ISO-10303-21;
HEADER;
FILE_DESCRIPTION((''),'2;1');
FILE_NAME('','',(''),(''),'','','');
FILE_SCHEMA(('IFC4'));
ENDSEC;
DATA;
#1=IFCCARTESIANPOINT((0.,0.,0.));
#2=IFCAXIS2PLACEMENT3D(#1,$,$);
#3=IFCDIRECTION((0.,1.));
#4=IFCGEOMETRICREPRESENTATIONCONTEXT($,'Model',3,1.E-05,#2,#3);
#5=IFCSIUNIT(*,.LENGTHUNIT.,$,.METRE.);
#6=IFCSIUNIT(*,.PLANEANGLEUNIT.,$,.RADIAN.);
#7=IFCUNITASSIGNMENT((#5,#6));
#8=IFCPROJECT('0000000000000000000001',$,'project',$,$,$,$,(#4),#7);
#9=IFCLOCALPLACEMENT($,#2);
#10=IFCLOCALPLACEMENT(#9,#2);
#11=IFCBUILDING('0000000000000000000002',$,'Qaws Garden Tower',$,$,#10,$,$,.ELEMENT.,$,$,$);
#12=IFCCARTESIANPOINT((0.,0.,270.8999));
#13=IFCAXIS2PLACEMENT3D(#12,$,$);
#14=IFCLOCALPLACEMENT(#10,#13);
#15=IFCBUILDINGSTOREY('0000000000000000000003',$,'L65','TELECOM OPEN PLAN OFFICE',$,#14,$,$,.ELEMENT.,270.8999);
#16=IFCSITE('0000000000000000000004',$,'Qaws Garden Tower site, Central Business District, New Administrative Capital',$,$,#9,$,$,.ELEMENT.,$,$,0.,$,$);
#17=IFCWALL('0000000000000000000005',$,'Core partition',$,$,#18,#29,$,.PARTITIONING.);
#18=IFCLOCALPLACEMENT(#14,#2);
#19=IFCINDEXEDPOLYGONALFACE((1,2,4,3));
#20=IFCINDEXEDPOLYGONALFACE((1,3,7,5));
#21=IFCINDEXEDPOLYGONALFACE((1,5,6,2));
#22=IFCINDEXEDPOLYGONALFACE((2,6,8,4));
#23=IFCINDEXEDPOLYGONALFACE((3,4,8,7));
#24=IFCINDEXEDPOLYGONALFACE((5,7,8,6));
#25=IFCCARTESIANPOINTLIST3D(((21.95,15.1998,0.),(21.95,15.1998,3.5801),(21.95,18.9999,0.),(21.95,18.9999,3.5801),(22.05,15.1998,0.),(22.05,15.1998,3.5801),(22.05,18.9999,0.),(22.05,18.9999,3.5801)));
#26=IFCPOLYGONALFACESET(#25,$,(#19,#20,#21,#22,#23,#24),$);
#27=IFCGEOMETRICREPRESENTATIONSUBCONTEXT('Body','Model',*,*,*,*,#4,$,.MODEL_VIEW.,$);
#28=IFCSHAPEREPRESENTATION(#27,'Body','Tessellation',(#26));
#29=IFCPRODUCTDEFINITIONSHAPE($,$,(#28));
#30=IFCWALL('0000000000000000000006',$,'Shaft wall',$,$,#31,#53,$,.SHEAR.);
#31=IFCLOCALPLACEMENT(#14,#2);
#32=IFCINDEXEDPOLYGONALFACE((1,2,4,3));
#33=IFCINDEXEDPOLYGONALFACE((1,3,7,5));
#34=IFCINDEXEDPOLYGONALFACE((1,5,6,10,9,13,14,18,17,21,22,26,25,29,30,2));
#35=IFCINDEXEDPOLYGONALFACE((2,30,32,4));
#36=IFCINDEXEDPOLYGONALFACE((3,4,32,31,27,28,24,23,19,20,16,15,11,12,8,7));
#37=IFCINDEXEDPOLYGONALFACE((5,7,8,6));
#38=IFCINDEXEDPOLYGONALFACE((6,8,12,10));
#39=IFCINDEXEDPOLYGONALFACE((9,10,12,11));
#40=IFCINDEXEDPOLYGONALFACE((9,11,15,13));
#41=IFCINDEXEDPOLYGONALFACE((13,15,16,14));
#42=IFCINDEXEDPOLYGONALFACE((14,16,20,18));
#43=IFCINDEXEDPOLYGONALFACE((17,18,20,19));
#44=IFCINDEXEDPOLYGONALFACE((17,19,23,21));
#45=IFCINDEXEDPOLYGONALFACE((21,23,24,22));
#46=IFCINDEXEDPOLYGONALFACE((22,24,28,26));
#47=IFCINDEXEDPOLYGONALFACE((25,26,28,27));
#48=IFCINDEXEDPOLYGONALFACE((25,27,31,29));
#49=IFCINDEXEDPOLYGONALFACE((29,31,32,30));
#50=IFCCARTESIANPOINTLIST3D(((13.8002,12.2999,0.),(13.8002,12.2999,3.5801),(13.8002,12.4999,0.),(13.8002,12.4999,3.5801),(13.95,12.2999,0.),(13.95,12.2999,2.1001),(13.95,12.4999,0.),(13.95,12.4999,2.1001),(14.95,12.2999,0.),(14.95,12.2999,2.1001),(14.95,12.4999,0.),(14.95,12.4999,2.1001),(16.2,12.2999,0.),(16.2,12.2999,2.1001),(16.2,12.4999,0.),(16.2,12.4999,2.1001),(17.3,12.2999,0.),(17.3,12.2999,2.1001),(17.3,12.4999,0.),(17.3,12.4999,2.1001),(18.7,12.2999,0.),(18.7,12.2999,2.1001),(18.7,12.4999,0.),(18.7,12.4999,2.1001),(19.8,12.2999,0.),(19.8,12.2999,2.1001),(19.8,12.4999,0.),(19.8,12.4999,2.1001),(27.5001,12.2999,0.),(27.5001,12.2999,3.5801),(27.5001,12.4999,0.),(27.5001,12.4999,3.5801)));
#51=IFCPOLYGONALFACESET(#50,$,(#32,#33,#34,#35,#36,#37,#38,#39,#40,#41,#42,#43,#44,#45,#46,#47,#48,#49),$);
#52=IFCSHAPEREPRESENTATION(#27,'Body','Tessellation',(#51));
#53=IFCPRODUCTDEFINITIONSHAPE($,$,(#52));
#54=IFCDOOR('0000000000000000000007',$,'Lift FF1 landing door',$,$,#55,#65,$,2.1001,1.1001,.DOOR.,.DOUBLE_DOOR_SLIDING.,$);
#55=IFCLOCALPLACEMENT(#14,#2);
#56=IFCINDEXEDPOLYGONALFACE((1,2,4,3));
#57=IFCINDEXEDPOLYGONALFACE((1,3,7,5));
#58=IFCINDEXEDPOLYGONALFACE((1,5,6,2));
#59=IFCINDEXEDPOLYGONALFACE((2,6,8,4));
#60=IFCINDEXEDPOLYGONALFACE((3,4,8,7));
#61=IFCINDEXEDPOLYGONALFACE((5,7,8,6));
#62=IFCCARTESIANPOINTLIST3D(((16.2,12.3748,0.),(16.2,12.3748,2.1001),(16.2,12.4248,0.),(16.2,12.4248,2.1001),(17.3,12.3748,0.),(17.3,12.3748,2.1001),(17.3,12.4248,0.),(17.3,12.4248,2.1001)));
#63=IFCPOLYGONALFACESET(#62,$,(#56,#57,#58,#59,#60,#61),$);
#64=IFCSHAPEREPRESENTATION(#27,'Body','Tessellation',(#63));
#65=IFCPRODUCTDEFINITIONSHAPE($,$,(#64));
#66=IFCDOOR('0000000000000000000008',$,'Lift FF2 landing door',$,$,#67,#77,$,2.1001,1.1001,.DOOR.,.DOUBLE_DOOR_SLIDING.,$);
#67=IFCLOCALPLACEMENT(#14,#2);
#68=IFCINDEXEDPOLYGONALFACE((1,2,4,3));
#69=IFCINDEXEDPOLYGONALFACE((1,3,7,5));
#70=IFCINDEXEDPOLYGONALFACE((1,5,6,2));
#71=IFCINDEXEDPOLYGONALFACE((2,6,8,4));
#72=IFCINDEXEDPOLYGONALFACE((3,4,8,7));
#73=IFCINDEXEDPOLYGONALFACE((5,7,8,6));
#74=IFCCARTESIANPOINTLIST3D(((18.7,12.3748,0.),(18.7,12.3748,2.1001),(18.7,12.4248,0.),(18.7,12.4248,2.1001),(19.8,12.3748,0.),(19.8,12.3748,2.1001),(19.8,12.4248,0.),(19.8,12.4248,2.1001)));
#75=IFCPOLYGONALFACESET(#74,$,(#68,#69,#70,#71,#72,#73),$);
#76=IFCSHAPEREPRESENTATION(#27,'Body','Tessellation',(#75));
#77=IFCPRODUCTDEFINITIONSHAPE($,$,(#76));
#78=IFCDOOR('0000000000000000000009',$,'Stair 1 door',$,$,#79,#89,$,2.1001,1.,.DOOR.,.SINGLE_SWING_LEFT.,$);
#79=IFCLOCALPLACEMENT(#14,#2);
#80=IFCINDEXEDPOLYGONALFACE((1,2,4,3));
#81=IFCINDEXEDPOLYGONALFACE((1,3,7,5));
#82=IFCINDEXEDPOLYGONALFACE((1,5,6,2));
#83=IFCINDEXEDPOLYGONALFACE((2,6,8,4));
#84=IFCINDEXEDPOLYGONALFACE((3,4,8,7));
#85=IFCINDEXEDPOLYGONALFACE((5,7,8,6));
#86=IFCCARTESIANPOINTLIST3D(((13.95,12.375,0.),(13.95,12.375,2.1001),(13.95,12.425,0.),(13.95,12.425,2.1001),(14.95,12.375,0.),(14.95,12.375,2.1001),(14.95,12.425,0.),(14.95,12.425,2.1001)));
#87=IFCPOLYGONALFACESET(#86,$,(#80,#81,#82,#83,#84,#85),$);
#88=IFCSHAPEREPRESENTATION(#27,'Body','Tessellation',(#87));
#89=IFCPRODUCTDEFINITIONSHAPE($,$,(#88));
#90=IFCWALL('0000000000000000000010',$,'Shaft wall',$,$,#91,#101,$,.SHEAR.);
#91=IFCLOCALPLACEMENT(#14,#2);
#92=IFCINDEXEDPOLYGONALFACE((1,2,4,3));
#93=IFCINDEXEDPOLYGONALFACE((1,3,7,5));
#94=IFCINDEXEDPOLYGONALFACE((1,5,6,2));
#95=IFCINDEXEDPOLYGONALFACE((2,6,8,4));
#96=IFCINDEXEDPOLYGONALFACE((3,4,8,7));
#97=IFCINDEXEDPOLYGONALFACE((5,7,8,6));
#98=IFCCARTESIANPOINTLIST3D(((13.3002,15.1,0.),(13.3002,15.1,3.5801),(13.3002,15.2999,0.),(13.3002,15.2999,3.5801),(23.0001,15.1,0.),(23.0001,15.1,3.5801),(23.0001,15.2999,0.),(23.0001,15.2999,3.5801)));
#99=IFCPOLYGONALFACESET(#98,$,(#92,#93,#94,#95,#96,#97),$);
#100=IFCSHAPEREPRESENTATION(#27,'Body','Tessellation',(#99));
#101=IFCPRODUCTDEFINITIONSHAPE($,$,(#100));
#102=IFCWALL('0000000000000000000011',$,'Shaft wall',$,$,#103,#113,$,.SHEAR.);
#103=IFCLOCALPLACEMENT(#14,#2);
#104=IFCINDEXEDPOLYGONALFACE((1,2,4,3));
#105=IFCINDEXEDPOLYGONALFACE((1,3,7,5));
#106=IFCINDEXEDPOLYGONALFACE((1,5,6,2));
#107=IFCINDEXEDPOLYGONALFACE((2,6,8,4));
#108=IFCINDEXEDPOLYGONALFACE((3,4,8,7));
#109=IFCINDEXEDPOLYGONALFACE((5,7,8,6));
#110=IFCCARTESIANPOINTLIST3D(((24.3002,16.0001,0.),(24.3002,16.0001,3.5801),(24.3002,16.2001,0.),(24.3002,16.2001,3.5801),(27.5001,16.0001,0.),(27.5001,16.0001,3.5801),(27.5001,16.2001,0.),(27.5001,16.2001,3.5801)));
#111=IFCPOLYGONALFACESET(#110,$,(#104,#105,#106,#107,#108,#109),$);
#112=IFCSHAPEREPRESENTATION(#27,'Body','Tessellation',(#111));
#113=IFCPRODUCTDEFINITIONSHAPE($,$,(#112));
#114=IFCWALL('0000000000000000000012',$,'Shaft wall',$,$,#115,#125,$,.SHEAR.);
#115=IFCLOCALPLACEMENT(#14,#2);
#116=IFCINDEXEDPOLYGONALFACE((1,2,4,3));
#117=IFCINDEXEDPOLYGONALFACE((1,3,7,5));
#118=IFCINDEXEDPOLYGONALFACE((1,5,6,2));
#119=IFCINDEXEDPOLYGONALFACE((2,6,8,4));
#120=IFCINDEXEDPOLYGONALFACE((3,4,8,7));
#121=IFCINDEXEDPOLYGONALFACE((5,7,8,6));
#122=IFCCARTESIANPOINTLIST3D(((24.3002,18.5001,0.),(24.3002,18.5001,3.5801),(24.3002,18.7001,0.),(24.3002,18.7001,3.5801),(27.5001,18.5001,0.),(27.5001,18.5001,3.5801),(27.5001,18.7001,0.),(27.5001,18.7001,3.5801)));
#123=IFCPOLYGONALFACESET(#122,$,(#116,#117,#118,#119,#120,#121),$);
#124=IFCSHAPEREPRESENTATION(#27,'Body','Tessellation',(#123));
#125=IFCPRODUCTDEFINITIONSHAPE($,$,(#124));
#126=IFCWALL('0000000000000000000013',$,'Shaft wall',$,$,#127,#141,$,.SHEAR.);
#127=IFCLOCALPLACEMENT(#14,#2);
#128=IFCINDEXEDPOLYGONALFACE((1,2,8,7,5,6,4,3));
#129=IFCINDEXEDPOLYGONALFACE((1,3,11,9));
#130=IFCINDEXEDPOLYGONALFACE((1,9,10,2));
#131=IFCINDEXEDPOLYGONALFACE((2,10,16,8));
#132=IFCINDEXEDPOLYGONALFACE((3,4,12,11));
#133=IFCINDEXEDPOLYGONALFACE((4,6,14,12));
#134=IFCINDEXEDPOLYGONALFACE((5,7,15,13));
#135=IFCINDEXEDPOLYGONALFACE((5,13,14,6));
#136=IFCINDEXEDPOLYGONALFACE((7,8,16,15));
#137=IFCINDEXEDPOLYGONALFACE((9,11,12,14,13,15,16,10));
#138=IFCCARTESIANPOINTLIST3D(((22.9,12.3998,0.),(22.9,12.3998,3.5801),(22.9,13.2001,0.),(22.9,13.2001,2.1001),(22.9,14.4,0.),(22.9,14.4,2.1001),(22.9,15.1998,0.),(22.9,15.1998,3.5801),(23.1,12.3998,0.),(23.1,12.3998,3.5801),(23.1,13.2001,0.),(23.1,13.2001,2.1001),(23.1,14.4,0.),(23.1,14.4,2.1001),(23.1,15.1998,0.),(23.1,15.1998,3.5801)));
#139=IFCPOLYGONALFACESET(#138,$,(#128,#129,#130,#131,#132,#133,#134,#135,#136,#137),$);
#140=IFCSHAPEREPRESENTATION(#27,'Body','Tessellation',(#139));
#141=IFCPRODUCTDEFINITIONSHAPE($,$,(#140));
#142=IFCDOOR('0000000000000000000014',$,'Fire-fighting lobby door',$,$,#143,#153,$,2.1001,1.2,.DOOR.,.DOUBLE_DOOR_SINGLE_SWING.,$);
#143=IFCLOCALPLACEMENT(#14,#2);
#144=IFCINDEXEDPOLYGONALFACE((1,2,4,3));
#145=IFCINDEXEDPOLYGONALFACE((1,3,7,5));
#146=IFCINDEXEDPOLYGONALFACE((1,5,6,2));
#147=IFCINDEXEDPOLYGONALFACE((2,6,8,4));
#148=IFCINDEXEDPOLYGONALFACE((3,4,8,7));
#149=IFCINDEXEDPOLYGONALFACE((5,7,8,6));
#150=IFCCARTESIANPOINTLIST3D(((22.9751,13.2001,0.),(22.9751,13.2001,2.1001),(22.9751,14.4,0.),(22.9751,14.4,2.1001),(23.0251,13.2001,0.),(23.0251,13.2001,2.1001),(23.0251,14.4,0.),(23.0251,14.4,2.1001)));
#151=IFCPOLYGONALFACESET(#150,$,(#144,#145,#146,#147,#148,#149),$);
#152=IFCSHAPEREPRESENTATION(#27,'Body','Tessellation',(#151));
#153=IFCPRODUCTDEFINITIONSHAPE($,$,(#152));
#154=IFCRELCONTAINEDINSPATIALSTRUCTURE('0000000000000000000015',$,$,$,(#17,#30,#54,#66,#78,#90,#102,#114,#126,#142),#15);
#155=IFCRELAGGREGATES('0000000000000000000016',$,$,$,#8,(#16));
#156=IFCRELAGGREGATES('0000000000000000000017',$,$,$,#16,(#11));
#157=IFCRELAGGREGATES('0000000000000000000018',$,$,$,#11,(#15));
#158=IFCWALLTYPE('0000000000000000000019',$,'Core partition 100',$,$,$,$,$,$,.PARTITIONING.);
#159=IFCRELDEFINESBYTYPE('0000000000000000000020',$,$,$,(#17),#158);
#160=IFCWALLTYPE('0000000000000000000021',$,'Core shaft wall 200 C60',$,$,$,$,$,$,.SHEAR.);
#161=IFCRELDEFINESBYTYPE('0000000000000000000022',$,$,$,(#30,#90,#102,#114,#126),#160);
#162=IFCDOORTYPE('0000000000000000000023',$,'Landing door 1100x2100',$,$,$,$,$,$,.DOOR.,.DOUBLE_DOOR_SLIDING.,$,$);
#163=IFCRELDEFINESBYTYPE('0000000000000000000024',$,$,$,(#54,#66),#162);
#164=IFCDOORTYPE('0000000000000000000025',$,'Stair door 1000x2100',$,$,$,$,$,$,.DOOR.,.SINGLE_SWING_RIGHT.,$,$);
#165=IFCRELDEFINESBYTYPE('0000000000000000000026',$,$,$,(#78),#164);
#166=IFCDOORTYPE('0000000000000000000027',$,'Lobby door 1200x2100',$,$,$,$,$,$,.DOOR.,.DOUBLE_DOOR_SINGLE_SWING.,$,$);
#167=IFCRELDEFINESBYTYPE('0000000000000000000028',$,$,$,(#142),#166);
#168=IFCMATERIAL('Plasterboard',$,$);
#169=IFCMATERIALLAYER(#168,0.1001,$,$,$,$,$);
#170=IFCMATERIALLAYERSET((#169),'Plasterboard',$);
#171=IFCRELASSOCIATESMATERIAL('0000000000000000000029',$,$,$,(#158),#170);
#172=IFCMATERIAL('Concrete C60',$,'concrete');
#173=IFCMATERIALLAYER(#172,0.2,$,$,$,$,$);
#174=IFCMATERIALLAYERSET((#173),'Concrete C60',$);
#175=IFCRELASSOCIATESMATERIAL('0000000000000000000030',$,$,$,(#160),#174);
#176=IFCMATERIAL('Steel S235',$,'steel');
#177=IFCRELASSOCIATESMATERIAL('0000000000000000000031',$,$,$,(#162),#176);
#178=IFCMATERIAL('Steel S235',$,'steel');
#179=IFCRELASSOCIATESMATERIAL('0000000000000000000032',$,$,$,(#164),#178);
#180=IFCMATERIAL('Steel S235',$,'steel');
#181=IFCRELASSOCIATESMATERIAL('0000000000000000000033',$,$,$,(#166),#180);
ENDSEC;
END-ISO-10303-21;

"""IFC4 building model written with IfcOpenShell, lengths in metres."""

from ifc_helpers import new_model, si_unit, direction, frame, frame_2d, origin, place, context, subcontext, project, spatial, rectangle, extrude, material, layer, layer_set, type_object, element, fill, save


model = new_model("IFC4")

# Units and contexts
model_context = context("Model", 3, precision=1e-05, world=origin(), true_north=direction((0.0, 1.0)))
body_context = subcontext(model_context, "Body", "Model", "MODEL_VIEW")
ifc_project = project(units=[si_unit("LENGTHUNIT", "METRE"), si_unit("PLANEANGLEUNIT", "RADIAN")], contexts=[model_context])

# Site, building, storey
site_placement = place(None, origin())
site = spatial("IfcSite", under=ifc_project, at=site_placement, Name="Qaws Garden Tower site, Central Business District, New Administrative Capital", CompositionType="ELEMENT", RefElevation=0.0)
building_placement = place(site_placement, origin())
building = spatial("IfcBuilding", under=site, at=building_placement, Name="Qaws Garden Tower", CompositionType="ELEMENT")
storey_placement = place(building_placement, frame((0.0, 0.0, 270.8999)))
storey = spatial("IfcBuildingStorey", under=building, at=storey_placement, Name="L65", Description="TELECOM OPEN PLAN OFFICE", CompositionType="ELEMENT", Elevation=270.8999)

# Shared definitions
ifc_material_1 = material(Name="Plasterboard")
ifc_layer_1 = layer(ifc_material_1, 0.1001)
ifc_layer_set_1 = layer_set([ifc_layer_1], Name="Plasterboard")
wall_type_1 = type_object("IfcWallType", Name="Core partition 100", PredefinedType="PARTITIONING", material=ifc_layer_set_1)

# Wall
wall_1_placement = place(storey_placement, frame((22.0, 15.2, 0.0), z_axis=(0.0, 0.0, 1.0), x_axis=(0.0, 1.0, 0.0)))
element("IfcWall", 1, at=wall_1_placement, inside=storey, type_object=wall_type_1, Name="Core partition", PredefinedType="PARTITIONING", context=body_context, shape_type="SweptSolid", body=[
    extrude(rectangle(XDim=3.8, YDim=0.1001, at=frame_2d((1.8999, 0.0))), origin(), (0.0, 0.0, 1.0), 3.5801),
])

# Wall, openings, doors
ifc_material_2 = material(Name="Concrete C60", Category="concrete")
ifc_layer_2 = layer(ifc_material_2, 0.2)
ifc_layer_set_2 = layer_set([ifc_layer_2], Name="Concrete C60")
wall_type_2 = type_object("IfcWallType", Name="Core shaft wall 200 C60", PredefinedType="SHEAR", material=ifc_layer_set_2)
wall_2_placement = place(storey_placement, frame((13.8, 12.3999, 0.0), z_axis=(0.0, 0.0, 1.0), x_axis=(1.0, 0.0, 0.0)))
wall_2 = element("IfcWall", 2, at=wall_2_placement, inside=storey, type_object=wall_type_2, Name="Shaft wall", PredefinedType="SHEAR", context=body_context, shape_type="SweptSolid", body=[
    extrude(rectangle(XDim=13.7, YDim=0.2, at=frame_2d((6.8501, 0.0))), origin(), (0.0, 0.0, 1.0), 3.5801),
])
opening_1_placement = place(wall_2_placement, frame((2.3999, 0.0, 0.0)))
opening_1 = element("IfcOpeningElement", 3, at=opening_1_placement, cuts=wall_2, PredefinedType="OPENING", context=body_context, shape_type="SweptSolid", body=[
    extrude(rectangle(XDim=1.1001, YDim=2.1001, at=frame_2d((0.55, 1.05))), frame((0.0, 0.1099, 0.0), z_axis=(0.0, -1.0, 0.0), x_axis=(1.0, 0.0, 0.0)), (0.0, 0.0, 1.0), 0.22),
])
opening_2_placement = place(wall_2_placement, frame((4.8999, 0.0, 0.0)))
opening_2 = element("IfcOpeningElement", 4, at=opening_2_placement, cuts=wall_2, PredefinedType="OPENING", context=body_context, shape_type="SweptSolid", body=[
    extrude(rectangle(XDim=1.1001, YDim=2.1001, at=frame_2d((0.55, 1.05))), frame((0.0, 0.1099, 0.0), z_axis=(0.0, -1.0, 0.0), x_axis=(1.0, 0.0, 0.0)), (0.0, 0.0, 1.0), 0.22),
])
opening_3_placement = place(wall_2_placement, frame((0.1499, 0.0, 0.0)))
opening_3 = element("IfcOpeningElement", 5, at=opening_3_placement, cuts=wall_2, PredefinedType="OPENING", context=body_context, shape_type="SweptSolid", body=[
    extrude(rectangle(XDim=1.0, YDim=2.1001, at=frame_2d((0.5, 1.05))), frame((0.0, 0.1099, 0.0), z_axis=(0.0, -1.0, 0.0), x_axis=(1.0, 0.0, 0.0)), (0.0, 0.0, 1.0), 0.22),
])
ifc_material_3 = material(Name="Steel S235", Category="steel")
door_type_1 = type_object("IfcDoorType", Name="Landing door 1100x2100", OperationType="DOUBLE_DOOR_SLIDING", PredefinedType="DOOR", material=ifc_material_3)
door_1_placement = place(opening_1_placement, origin())
door_1 = element("IfcDoor", 6, at=door_1_placement, inside=storey, type_object=door_type_1, Name="Lift FF1 landing door", OperationType="DOUBLE_DOOR_SLIDING", OverallHeight=2.1001, OverallWidth=1.1001, PredefinedType="DOOR", context=body_context, shape_type="SweptSolid", body=[
    extrude(rectangle(XDim=1.1001, YDim=2.1001, at=frame_2d((0.55, 1.05))), frame((0.0, 0.0249, 0.0), z_axis=(0.0, -1.0, 0.0), x_axis=(1.0, 0.0, 0.0)), (0.0, 0.0, 1.0), 0.05),
])
fill(opening_1, door_1)
door_2_placement = place(opening_2_placement, origin())
door_2 = element("IfcDoor", 7, at=door_2_placement, inside=storey, type_object=door_type_1, Name="Lift FF2 landing door", OperationType="DOUBLE_DOOR_SLIDING", OverallHeight=2.1001, OverallWidth=1.1001, PredefinedType="DOOR", context=body_context, shape_type="SweptSolid", body=[
    extrude(rectangle(XDim=1.1001, YDim=2.1001, at=frame_2d((0.55, 1.05))), frame((0.0, 0.0249, 0.0), z_axis=(0.0, -1.0, 0.0), x_axis=(1.0, 0.0, 0.0)), (0.0, 0.0, 1.0), 0.05),
])
fill(opening_2, door_2)
ifc_material_4 = material(Name="Steel S235", Category="steel")
door_type_2 = type_object("IfcDoorType", Name="Stair door 1000x2100", OperationType="SINGLE_SWING_RIGHT", PredefinedType="DOOR", material=ifc_material_4)
door_3_placement = place(opening_3_placement, frame((1.0, 0.0, 0.0), z_axis=(0.0, 0.0, 1.0), x_axis=(-1.0, 0.0, 0.0)))
door_3 = element("IfcDoor", 8, at=door_3_placement, inside=storey, type_object=door_type_2, Name="Stair 1 door", OperationType="SINGLE_SWING_LEFT", OverallHeight=2.1001, OverallWidth=1.0, PredefinedType="DOOR", context=body_context, shape_type="SweptSolid", body=[
    extrude(rectangle(XDim=1.0, YDim=2.1001, at=frame_2d((0.5, 1.05))), frame((0.0, 0.0249, 0.0), z_axis=(0.0, -1.0, 0.0), x_axis=(1.0, 0.0, 0.0)), (0.0, 0.0, 1.0), 0.05),
])
fill(opening_3, door_3)

# Walls
wall_3_placement = place(storey_placement, frame((13.3, 15.2, 0.0), z_axis=(0.0, 0.0, 1.0), x_axis=(1.0, 0.0, 0.0)))
element("IfcWall", 9, at=wall_3_placement, inside=storey, type_object=wall_type_2, Name="Shaft wall", PredefinedType="SHEAR", context=body_context, shape_type="SweptSolid", body=[
    extrude(rectangle(XDim=9.7, YDim=0.2, at=frame_2d((4.8501, 0.0))), origin(), (0.0, 0.0, 1.0), 3.5801),
])
for number, where, z_axis, x_axis, name in (
    (10, (24.3, 16.1001, 0.0), (0.0, 0.0, 1.0), (1.0, 0.0, 0.0), "Shaft wall"),
    (11, (24.3, 18.6001, 0.0), (0.0, 0.0, 1.0), (1.0, 0.0, 0.0), "Shaft wall"),
):
    element("IfcWall", number, at=place(storey_placement, frame(where, z_axis=z_axis, x_axis=x_axis)), inside=storey, type_object=wall_type_2, Name=name, PredefinedType="SHEAR", context=body_context, shape_type="SweptSolid", body=[
        extrude(rectangle(XDim=3.2, YDim=0.2, at=frame_2d((1.6001, 0.0))), origin(), (0.0, 0.0, 1.0), 3.5801),
    ])

# Wall, opening, door
wall_4_placement = place(storey_placement, frame((23.0, 12.3999, 0.0), z_axis=(0.0, 0.0, 1.0), x_axis=(0.0, 1.0, 0.0)))
wall_4 = element("IfcWall", 12, at=wall_4_placement, inside=storey, type_object=wall_type_2, Name="Shaft wall", PredefinedType="SHEAR", context=body_context, shape_type="SweptSolid", body=[
    extrude(rectangle(XDim=2.8, YDim=0.2, at=frame_2d((1.3999, 0.0))), origin(), (0.0, 0.0, 1.0), 3.5801),
])
opening_4_placement = place(wall_4_placement, frame((0.8, 0.0, 0.0)))
opening_4 = element("IfcOpeningElement", 13, at=opening_4_placement, cuts=wall_4, PredefinedType="OPENING", context=body_context, shape_type="SweptSolid", body=[
    extrude(rectangle(XDim=1.2, YDim=2.1001, at=frame_2d((0.6001, 1.05))), frame((0.0, 0.1099, 0.0), z_axis=(0.0, -1.0, 0.0), x_axis=(1.0, 0.0, 0.0)), (0.0, 0.0, 1.0), 0.22),
])
ifc_material_5 = material(Name="Steel S235", Category="steel")
door_type_3 = type_object("IfcDoorType", Name="Lobby door 1200x2100", OperationType="DOUBLE_DOOR_SINGLE_SWING", PredefinedType="DOOR", material=ifc_material_5)
door_4_placement = place(opening_4_placement, origin())
door_4 = element("IfcDoor", 14, at=door_4_placement, inside=storey, type_object=door_type_3, Name="Fire-fighting lobby door", OperationType="DOUBLE_DOOR_SINGLE_SWING", OverallHeight=2.1001, OverallWidth=1.2, PredefinedType="DOOR", context=body_context, shape_type="SweptSolid", body=[
    extrude(rectangle(XDim=1.2, YDim=2.1001, at=frame_2d((0.6001, 1.05))), frame((0.0, 0.0249, 0.0), z_axis=(0.0, -1.0, 0.0), x_axis=(1.0, 0.0, 0.0)), (0.0, 0.0, 1.0), 0.05),
])
fill(opening_4, door_4)

save(model, "model.ifc")
